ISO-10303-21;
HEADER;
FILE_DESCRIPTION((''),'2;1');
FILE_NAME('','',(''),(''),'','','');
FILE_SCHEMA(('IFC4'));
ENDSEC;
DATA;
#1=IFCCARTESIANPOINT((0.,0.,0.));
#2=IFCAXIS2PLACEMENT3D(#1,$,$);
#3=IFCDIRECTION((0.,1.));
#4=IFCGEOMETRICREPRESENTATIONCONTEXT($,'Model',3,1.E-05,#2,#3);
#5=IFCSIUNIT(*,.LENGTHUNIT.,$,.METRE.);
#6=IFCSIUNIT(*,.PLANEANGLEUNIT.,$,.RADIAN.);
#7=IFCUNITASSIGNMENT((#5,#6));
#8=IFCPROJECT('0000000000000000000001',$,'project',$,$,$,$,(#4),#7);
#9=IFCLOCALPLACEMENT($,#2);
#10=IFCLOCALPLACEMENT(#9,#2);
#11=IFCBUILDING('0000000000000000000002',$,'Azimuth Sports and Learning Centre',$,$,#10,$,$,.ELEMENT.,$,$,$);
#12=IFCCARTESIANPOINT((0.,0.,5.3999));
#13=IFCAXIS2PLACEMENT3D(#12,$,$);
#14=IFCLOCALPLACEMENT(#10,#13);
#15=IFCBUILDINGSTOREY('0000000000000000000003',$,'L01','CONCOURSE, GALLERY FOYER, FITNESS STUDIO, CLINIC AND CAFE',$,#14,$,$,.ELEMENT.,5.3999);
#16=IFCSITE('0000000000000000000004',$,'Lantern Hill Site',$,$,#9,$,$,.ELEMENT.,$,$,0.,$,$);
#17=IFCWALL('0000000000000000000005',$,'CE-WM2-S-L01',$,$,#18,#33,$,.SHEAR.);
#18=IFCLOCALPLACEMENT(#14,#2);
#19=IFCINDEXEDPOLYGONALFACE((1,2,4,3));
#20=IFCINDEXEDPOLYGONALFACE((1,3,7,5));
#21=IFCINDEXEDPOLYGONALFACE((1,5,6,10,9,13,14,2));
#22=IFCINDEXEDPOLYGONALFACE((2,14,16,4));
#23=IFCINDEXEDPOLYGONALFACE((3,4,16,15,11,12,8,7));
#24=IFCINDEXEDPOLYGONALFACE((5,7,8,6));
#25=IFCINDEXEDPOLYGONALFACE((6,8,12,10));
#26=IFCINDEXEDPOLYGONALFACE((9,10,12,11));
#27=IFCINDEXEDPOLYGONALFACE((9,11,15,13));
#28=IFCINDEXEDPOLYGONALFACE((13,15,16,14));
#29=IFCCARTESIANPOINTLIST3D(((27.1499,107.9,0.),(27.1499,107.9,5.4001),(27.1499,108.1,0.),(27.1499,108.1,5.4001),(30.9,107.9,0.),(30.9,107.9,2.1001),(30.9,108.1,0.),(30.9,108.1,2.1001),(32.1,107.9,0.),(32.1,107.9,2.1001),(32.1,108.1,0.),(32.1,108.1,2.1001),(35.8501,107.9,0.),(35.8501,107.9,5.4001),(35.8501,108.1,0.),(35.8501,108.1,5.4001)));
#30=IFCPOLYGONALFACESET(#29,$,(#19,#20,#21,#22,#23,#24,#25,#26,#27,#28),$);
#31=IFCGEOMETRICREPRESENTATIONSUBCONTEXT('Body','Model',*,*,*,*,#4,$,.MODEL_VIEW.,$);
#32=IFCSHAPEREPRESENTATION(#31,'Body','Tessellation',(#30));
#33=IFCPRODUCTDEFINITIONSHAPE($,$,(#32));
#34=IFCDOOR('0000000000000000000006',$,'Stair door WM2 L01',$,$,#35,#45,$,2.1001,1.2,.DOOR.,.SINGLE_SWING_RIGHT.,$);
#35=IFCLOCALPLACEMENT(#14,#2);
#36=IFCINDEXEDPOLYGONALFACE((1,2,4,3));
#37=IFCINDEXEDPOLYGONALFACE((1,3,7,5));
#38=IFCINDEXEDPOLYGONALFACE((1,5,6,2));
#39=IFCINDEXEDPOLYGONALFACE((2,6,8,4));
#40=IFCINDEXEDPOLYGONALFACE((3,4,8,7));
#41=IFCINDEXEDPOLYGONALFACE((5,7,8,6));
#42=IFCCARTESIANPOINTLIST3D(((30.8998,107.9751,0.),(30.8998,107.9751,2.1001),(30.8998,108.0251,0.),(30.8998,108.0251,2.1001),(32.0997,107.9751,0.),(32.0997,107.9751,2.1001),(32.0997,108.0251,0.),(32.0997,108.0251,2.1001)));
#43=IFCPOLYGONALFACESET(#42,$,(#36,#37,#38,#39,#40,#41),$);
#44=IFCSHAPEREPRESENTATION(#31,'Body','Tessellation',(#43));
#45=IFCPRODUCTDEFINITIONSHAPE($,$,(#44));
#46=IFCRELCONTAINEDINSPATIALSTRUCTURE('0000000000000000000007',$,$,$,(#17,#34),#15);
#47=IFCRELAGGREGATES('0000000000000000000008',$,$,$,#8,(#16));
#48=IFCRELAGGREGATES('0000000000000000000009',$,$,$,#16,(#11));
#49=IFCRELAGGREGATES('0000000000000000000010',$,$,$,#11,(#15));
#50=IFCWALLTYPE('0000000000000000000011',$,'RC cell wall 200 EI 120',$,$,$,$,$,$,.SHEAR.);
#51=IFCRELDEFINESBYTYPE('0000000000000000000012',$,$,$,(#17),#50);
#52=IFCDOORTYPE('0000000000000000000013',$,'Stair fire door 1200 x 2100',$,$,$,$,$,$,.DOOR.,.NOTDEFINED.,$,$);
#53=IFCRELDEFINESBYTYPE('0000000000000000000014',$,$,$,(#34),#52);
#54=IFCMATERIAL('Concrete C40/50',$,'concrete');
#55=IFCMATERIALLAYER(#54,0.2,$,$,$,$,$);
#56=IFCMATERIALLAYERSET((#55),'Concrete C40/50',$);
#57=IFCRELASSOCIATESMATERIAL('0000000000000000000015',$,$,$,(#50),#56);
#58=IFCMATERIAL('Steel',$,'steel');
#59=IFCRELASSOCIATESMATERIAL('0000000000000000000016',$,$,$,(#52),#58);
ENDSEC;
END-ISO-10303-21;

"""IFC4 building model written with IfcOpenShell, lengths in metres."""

from ifc_helpers import new_model, si_unit, direction, frame, frame_2d, origin, place, context, subcontext, project, spatial, rectangle, extrude, material, layer, layer_set, type_object, element, fill, save


model = new_model("IFC4")

# Units and contexts
model_context = context("Model", 3, precision=1e-05, world=origin(), true_north=direction((0.0, 1.0)))
body_context = subcontext(model_context, "Body", "Model", "MODEL_VIEW")
ifc_project = project(units=[si_unit("LENGTHUNIT", "METRE"), si_unit("PLANEANGLEUNIT", "RADIAN")], contexts=[model_context])

# Site, building, storey
site_placement = place(None, origin())
site = spatial("IfcSite", under=ifc_project, at=site_placement, Name="Lantern Hill Site", CompositionType="ELEMENT", RefElevation=0.0)
building_placement = place(site_placement, origin())
building = spatial("IfcBuilding", under=site, at=building_placement, Name="Azimuth Sports and Learning Centre", CompositionType="ELEMENT")
storey_placement = place(building_placement, frame((0.0, 0.0, 5.3999)))
storey = spatial("IfcBuildingStorey", under=building, at=storey_placement, Name="L01", Description="CONCOURSE, GALLERY FOYER, FITNESS STUDIO, CLINIC AND CAFE", CompositionType="ELEMENT", Elevation=5.3999)

# Wall, opening, door
ifc_material_1 = material(Name="Concrete C40/50", Category="concrete")
ifc_layer_1 = layer(ifc_material_1, 0.2)
ifc_layer_set_1 = layer_set([ifc_layer_1], Name="Concrete C40/50")
wall_type_1 = type_object("IfcWallType", Name="RC cell wall 200 EI 120", PredefinedType="SHEAR", material=ifc_layer_set_1)
ifc_material_2 = material(Name="Steel", Category="steel")
door_type_1 = type_object("IfcDoorType", Name="Stair fire door 1200 x 2100", OperationType="NOTDEFINED", PredefinedType="DOOR", material=ifc_material_2)
wall_1_placement = place(storey_placement, frame((27.1499, 108.0, 0.0), z_axis=(0.0, 0.0, 1.0), x_axis=(1.0, 0.0, 0.0)))
wall_1 = element("IfcWall", 1, at=wall_1_placement, inside=storey, type_object=wall_type_1, Name="CE-WM2-S-L01", PredefinedType="SHEAR", context=body_context, shape_type="SweptSolid", body=[
    extrude(rectangle(XDim=8.7002, YDim=0.2, at=frame_2d((4.3501, 0.0))), origin(), (0.0, 0.0, 1.0), 5.4001),
])
opening_1_placement = place(wall_1_placement, frame((3.75, 0.0, 0.0)))
opening_1 = element("IfcOpeningElement", 2, at=opening_1_placement, cuts=wall_1, PredefinedType="OPENING", context=body_context, shape_type="SweptSolid", body=[
    extrude(rectangle(XDim=1.2, YDim=2.1001, at=frame_2d((0.6001, 1.05))), frame((0.0, 0.1108, 0.0), z_axis=(0.0, -1.0, 0.0), x_axis=(1.0, 0.0, 0.0)), (0.0, 0.0, 1.0), 0.2219),
])
door_1_placement = place(opening_1_placement, frame((1.2, 0.0, 0.0), z_axis=(0.0, 0.0, 1.0), x_axis=(-1.0, 0.0, 0.0)))
door_1 = element("IfcDoor", 3, at=door_1_placement, inside=storey, type_object=door_type_1, Name="Stair door WM2 L01", OperationType="SINGLE_SWING_RIGHT", OverallHeight=2.1001, OverallWidth=1.2, PredefinedType="DOOR", context=body_context, shape_type="SweptSolid", body=[
    extrude(rectangle(XDim=1.2, YDim=2.1001, at=frame_2d((0.6001, 1.05))), frame((0.0, 0.0249, 0.0), z_axis=(0.0, -1.0, 0.0), x_axis=(1.0, 0.0, 0.0)), (0.0, 0.0, 1.0), 0.05),
])
fill(opening_1, door_1)

save(model, "model.ifc")
